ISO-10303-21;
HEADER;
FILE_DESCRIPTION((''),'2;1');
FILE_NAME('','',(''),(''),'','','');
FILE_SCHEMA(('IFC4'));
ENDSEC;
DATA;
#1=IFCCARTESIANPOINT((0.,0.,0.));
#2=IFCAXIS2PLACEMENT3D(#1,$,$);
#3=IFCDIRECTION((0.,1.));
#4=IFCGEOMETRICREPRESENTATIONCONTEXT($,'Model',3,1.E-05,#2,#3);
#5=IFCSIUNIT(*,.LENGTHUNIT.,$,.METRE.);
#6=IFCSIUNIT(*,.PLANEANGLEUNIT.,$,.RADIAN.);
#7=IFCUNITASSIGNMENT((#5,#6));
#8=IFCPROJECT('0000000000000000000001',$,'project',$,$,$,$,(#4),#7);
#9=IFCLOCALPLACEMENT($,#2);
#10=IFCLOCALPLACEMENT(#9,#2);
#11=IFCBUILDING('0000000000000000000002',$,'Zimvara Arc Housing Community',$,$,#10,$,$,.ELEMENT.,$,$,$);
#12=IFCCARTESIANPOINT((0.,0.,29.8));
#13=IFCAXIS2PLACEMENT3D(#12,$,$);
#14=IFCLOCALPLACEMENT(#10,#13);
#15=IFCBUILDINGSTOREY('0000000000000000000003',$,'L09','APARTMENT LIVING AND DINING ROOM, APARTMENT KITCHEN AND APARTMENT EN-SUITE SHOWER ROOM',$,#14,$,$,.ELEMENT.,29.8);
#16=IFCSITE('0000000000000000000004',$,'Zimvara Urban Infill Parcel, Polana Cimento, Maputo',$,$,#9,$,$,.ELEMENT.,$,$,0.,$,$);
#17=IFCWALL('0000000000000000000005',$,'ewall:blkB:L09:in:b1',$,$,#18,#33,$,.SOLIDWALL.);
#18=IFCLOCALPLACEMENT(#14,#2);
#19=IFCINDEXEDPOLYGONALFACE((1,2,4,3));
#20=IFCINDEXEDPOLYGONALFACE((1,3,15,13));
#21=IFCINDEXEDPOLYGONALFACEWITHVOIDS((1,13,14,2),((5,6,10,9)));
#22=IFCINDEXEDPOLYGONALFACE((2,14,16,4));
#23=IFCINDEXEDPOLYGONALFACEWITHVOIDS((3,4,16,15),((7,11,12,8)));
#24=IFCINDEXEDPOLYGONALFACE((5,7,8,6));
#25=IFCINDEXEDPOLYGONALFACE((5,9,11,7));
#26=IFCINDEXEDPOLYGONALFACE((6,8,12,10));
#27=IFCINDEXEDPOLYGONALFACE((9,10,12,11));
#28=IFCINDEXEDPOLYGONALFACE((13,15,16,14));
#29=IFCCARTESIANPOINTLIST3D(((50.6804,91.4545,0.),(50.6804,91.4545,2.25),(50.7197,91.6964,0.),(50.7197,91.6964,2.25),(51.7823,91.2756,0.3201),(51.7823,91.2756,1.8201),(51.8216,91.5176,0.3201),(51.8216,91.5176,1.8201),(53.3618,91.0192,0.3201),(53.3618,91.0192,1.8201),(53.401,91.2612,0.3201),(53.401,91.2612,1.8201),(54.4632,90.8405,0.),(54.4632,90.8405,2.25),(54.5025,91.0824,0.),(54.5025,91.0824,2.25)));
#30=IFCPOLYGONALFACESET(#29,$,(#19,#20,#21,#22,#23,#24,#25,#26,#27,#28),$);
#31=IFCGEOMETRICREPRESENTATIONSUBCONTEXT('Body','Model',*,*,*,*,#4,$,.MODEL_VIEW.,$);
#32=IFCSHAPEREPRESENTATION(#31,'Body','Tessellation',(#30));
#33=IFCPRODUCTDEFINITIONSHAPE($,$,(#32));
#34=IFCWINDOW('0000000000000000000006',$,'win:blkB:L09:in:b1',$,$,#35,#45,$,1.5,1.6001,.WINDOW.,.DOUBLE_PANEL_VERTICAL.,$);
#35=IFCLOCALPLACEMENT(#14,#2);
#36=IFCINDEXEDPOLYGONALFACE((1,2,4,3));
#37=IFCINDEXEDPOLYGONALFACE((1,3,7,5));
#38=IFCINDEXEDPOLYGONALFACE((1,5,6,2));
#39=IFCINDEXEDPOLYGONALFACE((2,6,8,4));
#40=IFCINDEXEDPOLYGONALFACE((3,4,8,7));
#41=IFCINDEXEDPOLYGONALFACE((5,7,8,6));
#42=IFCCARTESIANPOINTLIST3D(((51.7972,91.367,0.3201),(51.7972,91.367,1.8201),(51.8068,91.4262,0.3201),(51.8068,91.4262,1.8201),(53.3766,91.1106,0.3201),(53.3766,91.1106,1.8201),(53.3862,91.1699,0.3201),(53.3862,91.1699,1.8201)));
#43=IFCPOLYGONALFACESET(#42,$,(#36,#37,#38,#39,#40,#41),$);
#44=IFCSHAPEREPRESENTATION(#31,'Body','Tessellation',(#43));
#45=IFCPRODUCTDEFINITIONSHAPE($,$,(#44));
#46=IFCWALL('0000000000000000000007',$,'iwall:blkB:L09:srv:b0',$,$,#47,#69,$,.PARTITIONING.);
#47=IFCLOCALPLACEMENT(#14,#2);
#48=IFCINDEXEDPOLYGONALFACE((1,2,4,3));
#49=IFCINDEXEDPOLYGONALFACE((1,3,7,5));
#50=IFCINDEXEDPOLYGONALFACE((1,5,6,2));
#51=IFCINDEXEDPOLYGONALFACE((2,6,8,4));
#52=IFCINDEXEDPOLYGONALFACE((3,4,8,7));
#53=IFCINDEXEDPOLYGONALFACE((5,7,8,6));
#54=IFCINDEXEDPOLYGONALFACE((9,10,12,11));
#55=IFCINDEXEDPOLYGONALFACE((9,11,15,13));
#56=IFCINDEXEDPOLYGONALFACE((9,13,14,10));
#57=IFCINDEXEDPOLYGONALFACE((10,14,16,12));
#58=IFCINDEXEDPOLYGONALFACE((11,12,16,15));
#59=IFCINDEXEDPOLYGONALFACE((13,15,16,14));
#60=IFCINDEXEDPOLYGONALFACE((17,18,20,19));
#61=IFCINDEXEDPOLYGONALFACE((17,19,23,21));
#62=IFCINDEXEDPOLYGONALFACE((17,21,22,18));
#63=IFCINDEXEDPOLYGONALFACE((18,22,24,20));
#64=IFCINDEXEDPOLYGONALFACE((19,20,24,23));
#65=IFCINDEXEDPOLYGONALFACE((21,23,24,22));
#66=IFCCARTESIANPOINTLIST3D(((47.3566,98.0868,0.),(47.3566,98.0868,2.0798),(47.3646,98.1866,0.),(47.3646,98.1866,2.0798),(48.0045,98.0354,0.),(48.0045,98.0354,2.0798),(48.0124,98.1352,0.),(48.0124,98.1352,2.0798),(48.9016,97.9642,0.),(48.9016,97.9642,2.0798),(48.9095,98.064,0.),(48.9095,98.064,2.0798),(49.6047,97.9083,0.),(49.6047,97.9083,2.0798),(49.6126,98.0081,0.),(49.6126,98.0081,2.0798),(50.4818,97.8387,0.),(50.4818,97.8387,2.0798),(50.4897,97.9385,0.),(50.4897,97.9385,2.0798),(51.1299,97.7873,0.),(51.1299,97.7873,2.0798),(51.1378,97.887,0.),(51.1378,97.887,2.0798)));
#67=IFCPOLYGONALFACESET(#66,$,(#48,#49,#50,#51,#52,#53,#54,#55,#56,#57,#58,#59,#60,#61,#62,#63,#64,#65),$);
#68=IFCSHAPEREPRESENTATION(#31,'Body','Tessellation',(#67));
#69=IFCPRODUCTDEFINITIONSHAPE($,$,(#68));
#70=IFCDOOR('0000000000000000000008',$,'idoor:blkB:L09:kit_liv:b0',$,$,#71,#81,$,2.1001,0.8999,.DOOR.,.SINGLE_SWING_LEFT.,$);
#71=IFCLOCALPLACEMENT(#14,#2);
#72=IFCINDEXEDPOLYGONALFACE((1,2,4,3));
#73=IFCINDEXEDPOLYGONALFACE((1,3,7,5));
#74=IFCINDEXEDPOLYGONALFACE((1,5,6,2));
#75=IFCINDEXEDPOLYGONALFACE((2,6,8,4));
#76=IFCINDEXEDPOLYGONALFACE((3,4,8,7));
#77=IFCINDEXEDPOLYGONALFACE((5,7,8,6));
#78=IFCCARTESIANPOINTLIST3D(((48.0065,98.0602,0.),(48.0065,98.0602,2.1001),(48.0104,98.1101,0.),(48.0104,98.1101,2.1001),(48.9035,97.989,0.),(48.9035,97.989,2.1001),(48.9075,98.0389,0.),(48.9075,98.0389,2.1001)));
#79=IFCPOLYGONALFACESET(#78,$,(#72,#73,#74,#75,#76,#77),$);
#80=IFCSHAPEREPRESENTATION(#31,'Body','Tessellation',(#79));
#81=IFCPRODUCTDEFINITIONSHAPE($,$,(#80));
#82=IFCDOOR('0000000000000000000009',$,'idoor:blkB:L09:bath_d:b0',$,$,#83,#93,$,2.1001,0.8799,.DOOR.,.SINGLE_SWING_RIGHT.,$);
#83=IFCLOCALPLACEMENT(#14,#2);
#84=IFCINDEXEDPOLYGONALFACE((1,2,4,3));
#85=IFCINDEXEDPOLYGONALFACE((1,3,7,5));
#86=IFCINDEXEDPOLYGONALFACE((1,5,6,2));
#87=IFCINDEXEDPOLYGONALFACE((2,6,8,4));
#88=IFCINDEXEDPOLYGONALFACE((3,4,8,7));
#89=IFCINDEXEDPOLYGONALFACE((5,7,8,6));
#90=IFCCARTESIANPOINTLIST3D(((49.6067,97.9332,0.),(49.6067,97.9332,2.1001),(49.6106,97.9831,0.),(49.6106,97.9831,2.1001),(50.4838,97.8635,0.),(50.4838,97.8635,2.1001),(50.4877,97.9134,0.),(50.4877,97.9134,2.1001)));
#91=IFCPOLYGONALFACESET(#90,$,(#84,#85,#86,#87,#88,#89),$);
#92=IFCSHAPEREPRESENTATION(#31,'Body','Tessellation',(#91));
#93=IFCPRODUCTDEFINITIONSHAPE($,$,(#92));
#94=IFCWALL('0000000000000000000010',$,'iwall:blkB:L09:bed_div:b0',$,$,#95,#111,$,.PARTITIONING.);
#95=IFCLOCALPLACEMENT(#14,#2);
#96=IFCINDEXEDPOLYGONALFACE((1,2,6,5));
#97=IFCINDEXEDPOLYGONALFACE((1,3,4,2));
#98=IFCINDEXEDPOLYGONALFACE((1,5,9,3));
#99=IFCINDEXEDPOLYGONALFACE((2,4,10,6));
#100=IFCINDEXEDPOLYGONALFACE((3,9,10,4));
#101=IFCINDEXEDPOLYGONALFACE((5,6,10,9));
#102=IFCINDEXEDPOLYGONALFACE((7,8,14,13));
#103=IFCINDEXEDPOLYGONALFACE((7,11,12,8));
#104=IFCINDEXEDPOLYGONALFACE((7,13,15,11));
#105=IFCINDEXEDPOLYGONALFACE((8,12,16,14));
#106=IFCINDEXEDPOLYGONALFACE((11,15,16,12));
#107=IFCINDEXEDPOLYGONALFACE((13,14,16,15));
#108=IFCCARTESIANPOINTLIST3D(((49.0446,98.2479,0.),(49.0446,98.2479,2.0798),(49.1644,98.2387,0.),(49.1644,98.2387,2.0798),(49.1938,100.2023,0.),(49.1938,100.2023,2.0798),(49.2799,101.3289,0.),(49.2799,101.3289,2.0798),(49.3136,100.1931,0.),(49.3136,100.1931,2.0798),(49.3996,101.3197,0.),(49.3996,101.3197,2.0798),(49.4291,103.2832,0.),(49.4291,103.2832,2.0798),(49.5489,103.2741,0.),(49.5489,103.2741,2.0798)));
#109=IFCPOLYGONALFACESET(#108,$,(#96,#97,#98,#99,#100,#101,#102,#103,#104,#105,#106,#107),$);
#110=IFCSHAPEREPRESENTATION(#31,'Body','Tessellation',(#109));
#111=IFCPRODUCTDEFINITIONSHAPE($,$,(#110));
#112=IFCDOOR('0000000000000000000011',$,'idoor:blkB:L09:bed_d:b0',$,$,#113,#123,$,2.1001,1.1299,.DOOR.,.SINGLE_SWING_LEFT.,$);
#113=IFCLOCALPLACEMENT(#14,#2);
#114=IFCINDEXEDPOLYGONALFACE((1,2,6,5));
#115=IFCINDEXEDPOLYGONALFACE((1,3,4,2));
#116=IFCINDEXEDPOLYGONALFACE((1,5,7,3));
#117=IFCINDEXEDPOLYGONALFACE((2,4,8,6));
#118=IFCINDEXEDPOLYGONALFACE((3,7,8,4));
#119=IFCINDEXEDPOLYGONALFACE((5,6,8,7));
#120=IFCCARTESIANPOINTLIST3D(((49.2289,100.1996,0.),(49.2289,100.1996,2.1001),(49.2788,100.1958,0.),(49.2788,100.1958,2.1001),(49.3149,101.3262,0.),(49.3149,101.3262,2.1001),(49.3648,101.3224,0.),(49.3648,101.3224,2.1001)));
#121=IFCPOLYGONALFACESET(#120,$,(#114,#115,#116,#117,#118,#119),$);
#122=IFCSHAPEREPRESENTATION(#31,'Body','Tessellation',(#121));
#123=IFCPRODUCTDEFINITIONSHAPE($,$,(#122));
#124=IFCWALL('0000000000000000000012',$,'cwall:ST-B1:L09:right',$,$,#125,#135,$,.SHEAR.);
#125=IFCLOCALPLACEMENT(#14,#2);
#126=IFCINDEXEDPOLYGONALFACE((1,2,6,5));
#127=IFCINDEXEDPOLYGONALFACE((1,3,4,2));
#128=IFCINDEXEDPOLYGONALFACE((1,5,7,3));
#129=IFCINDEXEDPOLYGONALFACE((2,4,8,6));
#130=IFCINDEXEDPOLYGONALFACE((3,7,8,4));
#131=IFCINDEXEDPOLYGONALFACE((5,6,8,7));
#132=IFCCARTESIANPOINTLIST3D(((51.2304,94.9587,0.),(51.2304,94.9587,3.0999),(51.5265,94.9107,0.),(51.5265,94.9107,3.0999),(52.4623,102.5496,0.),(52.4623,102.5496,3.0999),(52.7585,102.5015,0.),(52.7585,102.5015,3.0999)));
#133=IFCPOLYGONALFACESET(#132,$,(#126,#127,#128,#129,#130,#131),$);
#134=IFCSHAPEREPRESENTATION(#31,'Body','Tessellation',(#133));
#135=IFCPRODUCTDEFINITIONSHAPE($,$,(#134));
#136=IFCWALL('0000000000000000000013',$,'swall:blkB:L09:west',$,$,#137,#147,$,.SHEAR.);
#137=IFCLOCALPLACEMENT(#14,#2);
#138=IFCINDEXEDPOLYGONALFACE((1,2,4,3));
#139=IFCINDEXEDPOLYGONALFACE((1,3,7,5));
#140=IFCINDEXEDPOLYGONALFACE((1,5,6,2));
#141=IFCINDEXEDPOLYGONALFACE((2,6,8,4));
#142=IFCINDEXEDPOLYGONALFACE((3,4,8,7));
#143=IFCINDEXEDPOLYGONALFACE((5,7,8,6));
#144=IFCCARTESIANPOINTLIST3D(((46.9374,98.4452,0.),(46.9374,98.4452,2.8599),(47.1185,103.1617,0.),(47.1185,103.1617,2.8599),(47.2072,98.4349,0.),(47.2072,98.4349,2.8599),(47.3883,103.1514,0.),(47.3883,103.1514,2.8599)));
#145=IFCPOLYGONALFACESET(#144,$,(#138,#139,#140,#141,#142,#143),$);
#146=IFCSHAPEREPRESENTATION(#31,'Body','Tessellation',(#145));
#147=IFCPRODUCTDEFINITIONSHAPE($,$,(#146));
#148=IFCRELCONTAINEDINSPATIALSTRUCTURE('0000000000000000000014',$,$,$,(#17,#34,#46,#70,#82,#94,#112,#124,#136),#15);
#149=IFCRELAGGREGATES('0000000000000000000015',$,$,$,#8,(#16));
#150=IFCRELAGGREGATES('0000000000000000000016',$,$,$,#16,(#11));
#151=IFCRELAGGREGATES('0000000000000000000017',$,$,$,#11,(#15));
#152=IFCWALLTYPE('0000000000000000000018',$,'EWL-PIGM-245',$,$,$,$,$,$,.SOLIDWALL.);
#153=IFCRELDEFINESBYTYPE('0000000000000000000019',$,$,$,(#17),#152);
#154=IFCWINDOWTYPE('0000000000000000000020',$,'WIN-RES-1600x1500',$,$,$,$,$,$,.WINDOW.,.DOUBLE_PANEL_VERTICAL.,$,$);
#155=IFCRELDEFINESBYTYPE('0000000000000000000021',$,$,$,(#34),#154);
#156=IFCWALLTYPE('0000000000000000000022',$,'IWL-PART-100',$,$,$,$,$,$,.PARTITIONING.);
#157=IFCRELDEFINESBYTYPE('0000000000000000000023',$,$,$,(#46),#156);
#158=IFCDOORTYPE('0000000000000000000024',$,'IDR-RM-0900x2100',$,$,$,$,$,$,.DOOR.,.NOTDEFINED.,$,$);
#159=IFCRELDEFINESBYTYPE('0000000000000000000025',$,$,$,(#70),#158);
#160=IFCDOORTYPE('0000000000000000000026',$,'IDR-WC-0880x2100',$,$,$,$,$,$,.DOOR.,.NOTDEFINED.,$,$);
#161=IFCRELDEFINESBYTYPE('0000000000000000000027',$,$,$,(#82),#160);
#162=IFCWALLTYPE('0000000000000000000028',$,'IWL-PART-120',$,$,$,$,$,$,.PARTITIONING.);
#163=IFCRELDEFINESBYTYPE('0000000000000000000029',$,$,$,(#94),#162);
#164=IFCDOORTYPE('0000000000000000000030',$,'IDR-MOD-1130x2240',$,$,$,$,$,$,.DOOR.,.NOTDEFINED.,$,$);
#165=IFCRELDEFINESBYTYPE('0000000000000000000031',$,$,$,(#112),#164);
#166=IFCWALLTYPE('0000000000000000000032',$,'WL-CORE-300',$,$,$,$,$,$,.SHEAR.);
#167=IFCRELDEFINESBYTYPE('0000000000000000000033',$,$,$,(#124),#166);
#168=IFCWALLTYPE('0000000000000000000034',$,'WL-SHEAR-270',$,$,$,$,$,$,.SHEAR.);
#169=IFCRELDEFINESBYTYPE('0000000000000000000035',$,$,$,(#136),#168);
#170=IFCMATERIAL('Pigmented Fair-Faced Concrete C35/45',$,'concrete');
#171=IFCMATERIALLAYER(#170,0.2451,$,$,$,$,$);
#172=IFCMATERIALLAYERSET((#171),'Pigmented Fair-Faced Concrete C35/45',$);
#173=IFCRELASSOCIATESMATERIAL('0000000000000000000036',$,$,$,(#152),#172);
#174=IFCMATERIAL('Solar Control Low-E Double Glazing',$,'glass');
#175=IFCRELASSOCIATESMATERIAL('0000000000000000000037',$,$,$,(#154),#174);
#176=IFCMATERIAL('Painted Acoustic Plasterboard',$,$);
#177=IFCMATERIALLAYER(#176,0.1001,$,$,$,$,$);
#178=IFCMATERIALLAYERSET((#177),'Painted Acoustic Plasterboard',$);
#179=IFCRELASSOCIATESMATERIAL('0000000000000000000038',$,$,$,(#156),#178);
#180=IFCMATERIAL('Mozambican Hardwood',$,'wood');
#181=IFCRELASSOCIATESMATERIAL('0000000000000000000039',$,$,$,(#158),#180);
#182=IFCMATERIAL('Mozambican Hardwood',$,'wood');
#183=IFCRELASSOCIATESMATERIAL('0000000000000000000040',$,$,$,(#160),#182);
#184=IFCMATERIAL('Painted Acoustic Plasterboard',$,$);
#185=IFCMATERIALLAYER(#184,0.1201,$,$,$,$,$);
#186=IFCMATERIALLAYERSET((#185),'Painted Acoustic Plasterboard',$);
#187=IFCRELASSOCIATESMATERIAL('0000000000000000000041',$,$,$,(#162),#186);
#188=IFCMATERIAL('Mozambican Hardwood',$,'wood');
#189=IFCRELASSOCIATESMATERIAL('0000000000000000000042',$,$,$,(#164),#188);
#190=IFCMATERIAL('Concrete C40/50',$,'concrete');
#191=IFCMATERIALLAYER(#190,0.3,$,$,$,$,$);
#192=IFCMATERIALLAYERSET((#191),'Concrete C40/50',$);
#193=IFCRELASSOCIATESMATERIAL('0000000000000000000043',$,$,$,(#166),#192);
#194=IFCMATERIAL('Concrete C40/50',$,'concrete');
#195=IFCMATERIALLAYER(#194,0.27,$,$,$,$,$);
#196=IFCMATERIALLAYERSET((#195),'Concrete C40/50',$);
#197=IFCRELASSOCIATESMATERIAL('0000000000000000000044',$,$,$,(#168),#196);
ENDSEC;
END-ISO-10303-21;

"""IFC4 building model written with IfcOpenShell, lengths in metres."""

from ifc_helpers import new_model, si_unit, direction, frame, frame_2d, origin, place, context, subcontext, project, spatial, rectangle, extrude, material, layer, layer_set, type_object, element, fill, save


model = new_model("IFC4")

# Units and contexts
model_context = context("Model", 3, precision=1e-05, world=origin(), true_north=direction((0.0, 1.0)))
body_context = subcontext(model_context, "Body", "Model", "MODEL_VIEW")
ifc_project = project(units=[si_unit("LENGTHUNIT", "METRE"), si_unit("PLANEANGLEUNIT", "RADIAN")], contexts=[model_context])

# Site, building, storey
site_placement = place(None, origin())
site = spatial("IfcSite", under=ifc_project, at=site_placement, Name="Zimvara Urban Infill Parcel, Polana Cimento, Maputo", CompositionType="ELEMENT", RefElevation=0.0)
building_placement = place(site_placement, origin())
building = spatial("IfcBuilding", under=site, at=building_placement, Name="Zimvara Arc Housing Community", CompositionType="ELEMENT")
storey_placement = place(building_placement, frame((0.0, 0.0, 29.8)))
storey = spatial("IfcBuildingStorey", under=building, at=storey_placement, Name="L09", Description="APARTMENT LIVING AND DINING ROOM, APARTMENT KITCHEN AND APARTMENT EN-SUITE SHOWER ROOM", CompositionType="ELEMENT", Elevation=29.8)

# Shared definitions
ifc_material_1 = material(Name="Pigmented Fair-Faced Concrete C35/45", Category="concrete")
ifc_layer_1 = layer(ifc_material_1, 0.2451)
ifc_layer_set_1 = layer_set([ifc_layer_1], Name="Pigmented Fair-Faced Concrete C35/45")
wall_type_1 = type_object("IfcWallType", Name="EWL-PIGM-245", PredefinedType="SOLIDWALL", material=ifc_layer_set_1)

# Wall, opening, window
wall_1_placement = place(storey_placement, frame((50.7002, 91.5754, 0.0), z_axis=(0.0, 0.0, 1.0), x_axis=(0.987081, -0.160224, 0.0)))
wall_1 = element("IfcWall", 1, at=wall_1_placement, inside=storey, type_object=wall_type_1, Name="ewall:blkB:L09:in:b1", PredefinedType="SOLIDWALL", context=body_context, shape_type="SweptSolid", body=[
    extrude(rectangle(XDim=3.8323, YDim=0.2451, at=frame_2d((1.916, 0.0))), origin(), (0.0, 0.0, 1.0), 2.25),
])
opening_1_placement = place(wall_1_placement, frame((1.1162, 0.0, 0.3201)))
opening_1 = element("IfcOpeningElement", 2, at=opening_1_placement, cuts=wall_1, PredefinedType="OPENING", context=body_context, shape_type="SweptSolid", body=[
    extrude(rectangle(XDim=1.6001, YDim=1.5, at=frame_2d((0.8, 0.75))), frame((0.0, 0.1326, 0.0), z_axis=(0.0, -1.0, 0.0), x_axis=(1.0, 0.0, 0.0)), (0.0, 0.0, 1.0), 0.2651),
])
ifc_material_2 = material(Name="Solar Control Low-E Double Glazing", Category="glass")
window_type_1 = type_object("IfcWindowType", Name="WIN-RES-1600x1500", PartitioningType="DOUBLE_PANEL_VERTICAL", PredefinedType="WINDOW", material=ifc_material_2)
window_1_placement = place(opening_1_placement, origin())
window_1 = element("IfcWindow", 3, at=window_1_placement, inside=storey, type_object=window_type_1, Name="win:blkB:L09:in:b1", OverallHeight=1.5, OverallWidth=1.6001, PartitioningType="DOUBLE_PANEL_VERTICAL", PredefinedType="WINDOW", context=body_context, shape_type="SweptSolid", body=[
    extrude(rectangle(XDim=1.6001, YDim=1.5, at=frame_2d((0.8, 0.75))), frame((0.0, 0.03, 0.0), z_axis=(0.0, -1.0, 0.0), x_axis=(1.0, 0.0, 0.0)), (0.0, 0.0, 1.0), 0.0601),
])
fill(opening_1, window_1)

# Wall, openings, doors
ifc_material_3 = material(Name="Painted Acoustic Plasterboard")
ifc_layer_2 = layer(ifc_material_3, 0.1001)
ifc_layer_set_2 = layer_set([ifc_layer_2], Name="Painted Acoustic Plasterboard")
wall_type_2 = type_object("IfcWallType", Name="IWL-PART-100", PredefinedType="PARTITIONING", material=ifc_layer_set_2)
wall_2_placement = place(storey_placement, frame((47.3606, 98.1367, 0.0), z_axis=(0.0, 0.0, 1.0), x_axis=(0.996863, -0.079143, 0.0)))
wall_2 = element("IfcWall", 4, at=wall_2_placement, inside=storey, type_object=wall_type_2, Name="iwall:blkB:L09:srv:b0", PredefinedType="PARTITIONING", context=body_context, shape_type="SweptSolid", body=[
    extrude(rectangle(XDim=3.7852, YDim=0.1001, at=frame_2d((1.8926, 0.0))), origin(), (0.0, 0.0, 1.0), 2.0798),
])
opening_2_placement = place(wall_2_placement, frame((0.6499, 0.0, 0.0)))
opening_2 = element("IfcOpeningElement", 5, at=opening_2_placement, cuts=wall_2, PredefinedType="OPENING", context=body_context, shape_type="SweptSolid", body=[
    extrude(rectangle(XDim=0.8999, YDim=2.1001, at=frame_2d((0.45, 1.05))), frame((0.0, 0.0601, 0.0), z_axis=(0.0, -1.0, 0.0), x_axis=(1.0, 0.0, 0.0)), (0.0, 0.0, 1.0), 0.1201),
])
opening_3_placement = place(wall_2_placement, frame((2.2551, 0.0, 0.0)))
opening_3 = element("IfcOpeningElement", 6, at=opening_3_placement, cuts=wall_2, PredefinedType="OPENING", context=body_context, shape_type="SweptSolid", body=[
    extrude(rectangle(XDim=0.8799, YDim=2.1001, at=frame_2d((0.4399, 1.05))), frame((0.0, 0.0601, 0.0), z_axis=(0.0, -1.0, 0.0), x_axis=(1.0, 0.0, 0.0)), (0.0, 0.0, 1.0), 0.1201),
])
ifc_material_4 = material(Name="Mozambican Hardwood", Category="wood")
door_type_1 = type_object("IfcDoorType", Name="IDR-RM-0900x2100", OperationType="NOTDEFINED", PredefinedType="DOOR", material=ifc_material_4)
door_1_placement = place(opening_2_placement, origin())
door_1 = element("IfcDoor", 7, at=door_1_placement, inside=storey, type_object=door_type_1, Name="idoor:blkB:L09:kit_liv:b0", OperationType="SINGLE_SWING_LEFT", OverallHeight=2.1001, OverallWidth=0.8999, PredefinedType="DOOR", context=body_context, shape_type="SweptSolid", body=[
    extrude(rectangle(XDim=0.8999, YDim=2.1001, at=frame_2d((0.45, 1.05))), frame((0.0, 0.0249, 0.0), z_axis=(0.0, -1.0, 0.0), x_axis=(1.0, 0.0, 0.0)), (0.0, 0.0, 1.0), 0.05),
])
fill(opening_2, door_1)
ifc_material_5 = material(Name="Mozambican Hardwood", Category="wood")
door_type_2 = type_object("IfcDoorType", Name="IDR-WC-0880x2100", OperationType="NOTDEFINED", PredefinedType="DOOR", material=ifc_material_5)
door_2_placement = place(opening_3_placement, origin())
door_2 = element("IfcDoor", 8, at=door_2_placement, inside=storey, type_object=door_type_2, Name="idoor:blkB:L09:bath_d:b0", OperationType="SINGLE_SWING_RIGHT", OverallHeight=2.1001, OverallWidth=0.8799, PredefinedType="DOOR", context=body_context, shape_type="SweptSolid", body=[
    extrude(rectangle(XDim=0.8799, YDim=2.1001, at=frame_2d((0.4399, 1.05))), frame((0.0, 0.0249, 0.0), z_axis=(0.0, -1.0, 0.0), x_axis=(1.0, 0.0, 0.0)), (0.0, 0.0, 1.0), 0.05),
])
fill(opening_3, door_2)

# Wall, opening, door
ifc_material_6 = material(Name="Painted Acoustic Plasterboard")
ifc_layer_3 = layer(ifc_material_6, 0.1201)
ifc_layer_set_3 = layer_set([ifc_layer_3], Name="Painted Acoustic Plasterboard")
wall_type_3 = type_object("IfcWallType", Name="IWL-PART-120", PredefinedType="PARTITIONING", material=ifc_layer_set_3)
wall_3_placement = place(storey_placement, frame((49.1045, 98.2434, 0.0), z_axis=(0.0, 0.0, 1.0), x_axis=(0.076142, 0.997097, 0.0)))
wall_3 = element("IfcWall", 9, at=wall_3_placement, inside=storey, type_object=wall_type_3, Name="iwall:blkB:L09:bed_div:b0", PredefinedType="PARTITIONING", context=body_context, shape_type="SweptSolid", body=[
    extrude(rectangle(XDim=5.05, YDim=0.1201, at=frame_2d((2.5249, 0.0))), origin(), (0.0, 0.0, 1.0), 2.0798),
])
opening_4_placement = place(wall_3_placement, frame((1.96, 0.0, 0.0)))
opening_4 = element("IfcOpeningElement", 10, at=opening_4_placement, cuts=wall_3, PredefinedType="OPENING", context=body_context, shape_type="SweptSolid", body=[
    extrude(rectangle(XDim=1.1299, YDim=2.1001, at=frame_2d((0.5649, 1.05))), frame((0.0, 0.0701, 0.0), z_axis=(0.0, -1.0, 0.0), x_axis=(1.0, 0.0, 0.0)), (0.0, 0.0, 1.0), 0.1401),
])
ifc_material_7 = material(Name="Mozambican Hardwood", Category="wood")
door_type_3 = type_object("IfcDoorType", Name="IDR-MOD-1130x2240", OperationType="NOTDEFINED", PredefinedType="DOOR", material=ifc_material_7)
door_3_placement = place(opening_4_placement, origin())
door_3 = element("IfcDoor", 11, at=door_3_placement, inside=storey, type_object=door_type_3, Name="idoor:blkB:L09:bed_d:b0", OperationType="SINGLE_SWING_LEFT", OverallHeight=2.1001, OverallWidth=1.1299, PredefinedType="DOOR", context=body_context, shape_type="SweptSolid", body=[
    extrude(rectangle(XDim=1.1299, YDim=2.1001, at=frame_2d((0.5649, 1.05))), frame((0.0, 0.0249, 0.0), z_axis=(0.0, -1.0, 0.0), x_axis=(1.0, 0.0, 0.0)), (0.0, 0.0, 1.0), 0.05),
])
fill(opening_4, door_3)

# Walls
ifc_material_8 = material(Name="Concrete C40/50", Category="concrete")
ifc_layer_4 = layer(ifc_material_8, 0.3)
ifc_layer_set_4 = layer_set([ifc_layer_4], Name="Concrete C40/50")
wall_type_4 = type_object("IfcWallType", Name="WL-CORE-300", PredefinedType="SHEAR", material=ifc_layer_set_4)
wall_4_placement = place(storey_placement, frame((51.3784, 94.9346, 0.0), z_axis=(0.0, 0.0, 1.0), x_axis=(0.160197, 0.987085, 0.0)))
element("IfcWall", 12, at=wall_4_placement, inside=storey, type_object=wall_type_4, Name="cwall:ST-B1:L09:right", PredefinedType="SHEAR", context=body_context, shape_type="SweptSolid", body=[
    extrude(rectangle(XDim=7.6902, YDim=0.3, at=frame_2d((3.8452, 0.0))), origin(), (0.0, 0.0, 1.0), 3.0999),
])
ifc_material_9 = material(Name="Concrete C40/50", Category="concrete")
ifc_layer_5 = layer(ifc_material_9, 0.27)
ifc_layer_set_5 = layer_set([ifc_layer_5], Name="Concrete C40/50")
wall_type_5 = type_object("IfcWallType", Name="WL-SHEAR-270", PredefinedType="SHEAR", material=ifc_layer_set_5)
wall_5_placement = place(storey_placement, frame((47.0723, 98.4402, 0.0), z_axis=(0.0, 0.0, 1.0), x_axis=(0.038379, 0.999263, 0.0)))
element("IfcWall", 13, at=wall_5_placement, inside=storey, type_object=wall_type_5, Name="swall:blkB:L09:west", PredefinedType="SHEAR", context=body_context, shape_type="SweptSolid", body=[
    extrude(rectangle(XDim=4.72, YDim=0.27, at=frame_2d((2.3599, 0.0))), origin(), (0.0, 0.0, 1.0), 2.8599),
])

save(model, "model.ifc")
